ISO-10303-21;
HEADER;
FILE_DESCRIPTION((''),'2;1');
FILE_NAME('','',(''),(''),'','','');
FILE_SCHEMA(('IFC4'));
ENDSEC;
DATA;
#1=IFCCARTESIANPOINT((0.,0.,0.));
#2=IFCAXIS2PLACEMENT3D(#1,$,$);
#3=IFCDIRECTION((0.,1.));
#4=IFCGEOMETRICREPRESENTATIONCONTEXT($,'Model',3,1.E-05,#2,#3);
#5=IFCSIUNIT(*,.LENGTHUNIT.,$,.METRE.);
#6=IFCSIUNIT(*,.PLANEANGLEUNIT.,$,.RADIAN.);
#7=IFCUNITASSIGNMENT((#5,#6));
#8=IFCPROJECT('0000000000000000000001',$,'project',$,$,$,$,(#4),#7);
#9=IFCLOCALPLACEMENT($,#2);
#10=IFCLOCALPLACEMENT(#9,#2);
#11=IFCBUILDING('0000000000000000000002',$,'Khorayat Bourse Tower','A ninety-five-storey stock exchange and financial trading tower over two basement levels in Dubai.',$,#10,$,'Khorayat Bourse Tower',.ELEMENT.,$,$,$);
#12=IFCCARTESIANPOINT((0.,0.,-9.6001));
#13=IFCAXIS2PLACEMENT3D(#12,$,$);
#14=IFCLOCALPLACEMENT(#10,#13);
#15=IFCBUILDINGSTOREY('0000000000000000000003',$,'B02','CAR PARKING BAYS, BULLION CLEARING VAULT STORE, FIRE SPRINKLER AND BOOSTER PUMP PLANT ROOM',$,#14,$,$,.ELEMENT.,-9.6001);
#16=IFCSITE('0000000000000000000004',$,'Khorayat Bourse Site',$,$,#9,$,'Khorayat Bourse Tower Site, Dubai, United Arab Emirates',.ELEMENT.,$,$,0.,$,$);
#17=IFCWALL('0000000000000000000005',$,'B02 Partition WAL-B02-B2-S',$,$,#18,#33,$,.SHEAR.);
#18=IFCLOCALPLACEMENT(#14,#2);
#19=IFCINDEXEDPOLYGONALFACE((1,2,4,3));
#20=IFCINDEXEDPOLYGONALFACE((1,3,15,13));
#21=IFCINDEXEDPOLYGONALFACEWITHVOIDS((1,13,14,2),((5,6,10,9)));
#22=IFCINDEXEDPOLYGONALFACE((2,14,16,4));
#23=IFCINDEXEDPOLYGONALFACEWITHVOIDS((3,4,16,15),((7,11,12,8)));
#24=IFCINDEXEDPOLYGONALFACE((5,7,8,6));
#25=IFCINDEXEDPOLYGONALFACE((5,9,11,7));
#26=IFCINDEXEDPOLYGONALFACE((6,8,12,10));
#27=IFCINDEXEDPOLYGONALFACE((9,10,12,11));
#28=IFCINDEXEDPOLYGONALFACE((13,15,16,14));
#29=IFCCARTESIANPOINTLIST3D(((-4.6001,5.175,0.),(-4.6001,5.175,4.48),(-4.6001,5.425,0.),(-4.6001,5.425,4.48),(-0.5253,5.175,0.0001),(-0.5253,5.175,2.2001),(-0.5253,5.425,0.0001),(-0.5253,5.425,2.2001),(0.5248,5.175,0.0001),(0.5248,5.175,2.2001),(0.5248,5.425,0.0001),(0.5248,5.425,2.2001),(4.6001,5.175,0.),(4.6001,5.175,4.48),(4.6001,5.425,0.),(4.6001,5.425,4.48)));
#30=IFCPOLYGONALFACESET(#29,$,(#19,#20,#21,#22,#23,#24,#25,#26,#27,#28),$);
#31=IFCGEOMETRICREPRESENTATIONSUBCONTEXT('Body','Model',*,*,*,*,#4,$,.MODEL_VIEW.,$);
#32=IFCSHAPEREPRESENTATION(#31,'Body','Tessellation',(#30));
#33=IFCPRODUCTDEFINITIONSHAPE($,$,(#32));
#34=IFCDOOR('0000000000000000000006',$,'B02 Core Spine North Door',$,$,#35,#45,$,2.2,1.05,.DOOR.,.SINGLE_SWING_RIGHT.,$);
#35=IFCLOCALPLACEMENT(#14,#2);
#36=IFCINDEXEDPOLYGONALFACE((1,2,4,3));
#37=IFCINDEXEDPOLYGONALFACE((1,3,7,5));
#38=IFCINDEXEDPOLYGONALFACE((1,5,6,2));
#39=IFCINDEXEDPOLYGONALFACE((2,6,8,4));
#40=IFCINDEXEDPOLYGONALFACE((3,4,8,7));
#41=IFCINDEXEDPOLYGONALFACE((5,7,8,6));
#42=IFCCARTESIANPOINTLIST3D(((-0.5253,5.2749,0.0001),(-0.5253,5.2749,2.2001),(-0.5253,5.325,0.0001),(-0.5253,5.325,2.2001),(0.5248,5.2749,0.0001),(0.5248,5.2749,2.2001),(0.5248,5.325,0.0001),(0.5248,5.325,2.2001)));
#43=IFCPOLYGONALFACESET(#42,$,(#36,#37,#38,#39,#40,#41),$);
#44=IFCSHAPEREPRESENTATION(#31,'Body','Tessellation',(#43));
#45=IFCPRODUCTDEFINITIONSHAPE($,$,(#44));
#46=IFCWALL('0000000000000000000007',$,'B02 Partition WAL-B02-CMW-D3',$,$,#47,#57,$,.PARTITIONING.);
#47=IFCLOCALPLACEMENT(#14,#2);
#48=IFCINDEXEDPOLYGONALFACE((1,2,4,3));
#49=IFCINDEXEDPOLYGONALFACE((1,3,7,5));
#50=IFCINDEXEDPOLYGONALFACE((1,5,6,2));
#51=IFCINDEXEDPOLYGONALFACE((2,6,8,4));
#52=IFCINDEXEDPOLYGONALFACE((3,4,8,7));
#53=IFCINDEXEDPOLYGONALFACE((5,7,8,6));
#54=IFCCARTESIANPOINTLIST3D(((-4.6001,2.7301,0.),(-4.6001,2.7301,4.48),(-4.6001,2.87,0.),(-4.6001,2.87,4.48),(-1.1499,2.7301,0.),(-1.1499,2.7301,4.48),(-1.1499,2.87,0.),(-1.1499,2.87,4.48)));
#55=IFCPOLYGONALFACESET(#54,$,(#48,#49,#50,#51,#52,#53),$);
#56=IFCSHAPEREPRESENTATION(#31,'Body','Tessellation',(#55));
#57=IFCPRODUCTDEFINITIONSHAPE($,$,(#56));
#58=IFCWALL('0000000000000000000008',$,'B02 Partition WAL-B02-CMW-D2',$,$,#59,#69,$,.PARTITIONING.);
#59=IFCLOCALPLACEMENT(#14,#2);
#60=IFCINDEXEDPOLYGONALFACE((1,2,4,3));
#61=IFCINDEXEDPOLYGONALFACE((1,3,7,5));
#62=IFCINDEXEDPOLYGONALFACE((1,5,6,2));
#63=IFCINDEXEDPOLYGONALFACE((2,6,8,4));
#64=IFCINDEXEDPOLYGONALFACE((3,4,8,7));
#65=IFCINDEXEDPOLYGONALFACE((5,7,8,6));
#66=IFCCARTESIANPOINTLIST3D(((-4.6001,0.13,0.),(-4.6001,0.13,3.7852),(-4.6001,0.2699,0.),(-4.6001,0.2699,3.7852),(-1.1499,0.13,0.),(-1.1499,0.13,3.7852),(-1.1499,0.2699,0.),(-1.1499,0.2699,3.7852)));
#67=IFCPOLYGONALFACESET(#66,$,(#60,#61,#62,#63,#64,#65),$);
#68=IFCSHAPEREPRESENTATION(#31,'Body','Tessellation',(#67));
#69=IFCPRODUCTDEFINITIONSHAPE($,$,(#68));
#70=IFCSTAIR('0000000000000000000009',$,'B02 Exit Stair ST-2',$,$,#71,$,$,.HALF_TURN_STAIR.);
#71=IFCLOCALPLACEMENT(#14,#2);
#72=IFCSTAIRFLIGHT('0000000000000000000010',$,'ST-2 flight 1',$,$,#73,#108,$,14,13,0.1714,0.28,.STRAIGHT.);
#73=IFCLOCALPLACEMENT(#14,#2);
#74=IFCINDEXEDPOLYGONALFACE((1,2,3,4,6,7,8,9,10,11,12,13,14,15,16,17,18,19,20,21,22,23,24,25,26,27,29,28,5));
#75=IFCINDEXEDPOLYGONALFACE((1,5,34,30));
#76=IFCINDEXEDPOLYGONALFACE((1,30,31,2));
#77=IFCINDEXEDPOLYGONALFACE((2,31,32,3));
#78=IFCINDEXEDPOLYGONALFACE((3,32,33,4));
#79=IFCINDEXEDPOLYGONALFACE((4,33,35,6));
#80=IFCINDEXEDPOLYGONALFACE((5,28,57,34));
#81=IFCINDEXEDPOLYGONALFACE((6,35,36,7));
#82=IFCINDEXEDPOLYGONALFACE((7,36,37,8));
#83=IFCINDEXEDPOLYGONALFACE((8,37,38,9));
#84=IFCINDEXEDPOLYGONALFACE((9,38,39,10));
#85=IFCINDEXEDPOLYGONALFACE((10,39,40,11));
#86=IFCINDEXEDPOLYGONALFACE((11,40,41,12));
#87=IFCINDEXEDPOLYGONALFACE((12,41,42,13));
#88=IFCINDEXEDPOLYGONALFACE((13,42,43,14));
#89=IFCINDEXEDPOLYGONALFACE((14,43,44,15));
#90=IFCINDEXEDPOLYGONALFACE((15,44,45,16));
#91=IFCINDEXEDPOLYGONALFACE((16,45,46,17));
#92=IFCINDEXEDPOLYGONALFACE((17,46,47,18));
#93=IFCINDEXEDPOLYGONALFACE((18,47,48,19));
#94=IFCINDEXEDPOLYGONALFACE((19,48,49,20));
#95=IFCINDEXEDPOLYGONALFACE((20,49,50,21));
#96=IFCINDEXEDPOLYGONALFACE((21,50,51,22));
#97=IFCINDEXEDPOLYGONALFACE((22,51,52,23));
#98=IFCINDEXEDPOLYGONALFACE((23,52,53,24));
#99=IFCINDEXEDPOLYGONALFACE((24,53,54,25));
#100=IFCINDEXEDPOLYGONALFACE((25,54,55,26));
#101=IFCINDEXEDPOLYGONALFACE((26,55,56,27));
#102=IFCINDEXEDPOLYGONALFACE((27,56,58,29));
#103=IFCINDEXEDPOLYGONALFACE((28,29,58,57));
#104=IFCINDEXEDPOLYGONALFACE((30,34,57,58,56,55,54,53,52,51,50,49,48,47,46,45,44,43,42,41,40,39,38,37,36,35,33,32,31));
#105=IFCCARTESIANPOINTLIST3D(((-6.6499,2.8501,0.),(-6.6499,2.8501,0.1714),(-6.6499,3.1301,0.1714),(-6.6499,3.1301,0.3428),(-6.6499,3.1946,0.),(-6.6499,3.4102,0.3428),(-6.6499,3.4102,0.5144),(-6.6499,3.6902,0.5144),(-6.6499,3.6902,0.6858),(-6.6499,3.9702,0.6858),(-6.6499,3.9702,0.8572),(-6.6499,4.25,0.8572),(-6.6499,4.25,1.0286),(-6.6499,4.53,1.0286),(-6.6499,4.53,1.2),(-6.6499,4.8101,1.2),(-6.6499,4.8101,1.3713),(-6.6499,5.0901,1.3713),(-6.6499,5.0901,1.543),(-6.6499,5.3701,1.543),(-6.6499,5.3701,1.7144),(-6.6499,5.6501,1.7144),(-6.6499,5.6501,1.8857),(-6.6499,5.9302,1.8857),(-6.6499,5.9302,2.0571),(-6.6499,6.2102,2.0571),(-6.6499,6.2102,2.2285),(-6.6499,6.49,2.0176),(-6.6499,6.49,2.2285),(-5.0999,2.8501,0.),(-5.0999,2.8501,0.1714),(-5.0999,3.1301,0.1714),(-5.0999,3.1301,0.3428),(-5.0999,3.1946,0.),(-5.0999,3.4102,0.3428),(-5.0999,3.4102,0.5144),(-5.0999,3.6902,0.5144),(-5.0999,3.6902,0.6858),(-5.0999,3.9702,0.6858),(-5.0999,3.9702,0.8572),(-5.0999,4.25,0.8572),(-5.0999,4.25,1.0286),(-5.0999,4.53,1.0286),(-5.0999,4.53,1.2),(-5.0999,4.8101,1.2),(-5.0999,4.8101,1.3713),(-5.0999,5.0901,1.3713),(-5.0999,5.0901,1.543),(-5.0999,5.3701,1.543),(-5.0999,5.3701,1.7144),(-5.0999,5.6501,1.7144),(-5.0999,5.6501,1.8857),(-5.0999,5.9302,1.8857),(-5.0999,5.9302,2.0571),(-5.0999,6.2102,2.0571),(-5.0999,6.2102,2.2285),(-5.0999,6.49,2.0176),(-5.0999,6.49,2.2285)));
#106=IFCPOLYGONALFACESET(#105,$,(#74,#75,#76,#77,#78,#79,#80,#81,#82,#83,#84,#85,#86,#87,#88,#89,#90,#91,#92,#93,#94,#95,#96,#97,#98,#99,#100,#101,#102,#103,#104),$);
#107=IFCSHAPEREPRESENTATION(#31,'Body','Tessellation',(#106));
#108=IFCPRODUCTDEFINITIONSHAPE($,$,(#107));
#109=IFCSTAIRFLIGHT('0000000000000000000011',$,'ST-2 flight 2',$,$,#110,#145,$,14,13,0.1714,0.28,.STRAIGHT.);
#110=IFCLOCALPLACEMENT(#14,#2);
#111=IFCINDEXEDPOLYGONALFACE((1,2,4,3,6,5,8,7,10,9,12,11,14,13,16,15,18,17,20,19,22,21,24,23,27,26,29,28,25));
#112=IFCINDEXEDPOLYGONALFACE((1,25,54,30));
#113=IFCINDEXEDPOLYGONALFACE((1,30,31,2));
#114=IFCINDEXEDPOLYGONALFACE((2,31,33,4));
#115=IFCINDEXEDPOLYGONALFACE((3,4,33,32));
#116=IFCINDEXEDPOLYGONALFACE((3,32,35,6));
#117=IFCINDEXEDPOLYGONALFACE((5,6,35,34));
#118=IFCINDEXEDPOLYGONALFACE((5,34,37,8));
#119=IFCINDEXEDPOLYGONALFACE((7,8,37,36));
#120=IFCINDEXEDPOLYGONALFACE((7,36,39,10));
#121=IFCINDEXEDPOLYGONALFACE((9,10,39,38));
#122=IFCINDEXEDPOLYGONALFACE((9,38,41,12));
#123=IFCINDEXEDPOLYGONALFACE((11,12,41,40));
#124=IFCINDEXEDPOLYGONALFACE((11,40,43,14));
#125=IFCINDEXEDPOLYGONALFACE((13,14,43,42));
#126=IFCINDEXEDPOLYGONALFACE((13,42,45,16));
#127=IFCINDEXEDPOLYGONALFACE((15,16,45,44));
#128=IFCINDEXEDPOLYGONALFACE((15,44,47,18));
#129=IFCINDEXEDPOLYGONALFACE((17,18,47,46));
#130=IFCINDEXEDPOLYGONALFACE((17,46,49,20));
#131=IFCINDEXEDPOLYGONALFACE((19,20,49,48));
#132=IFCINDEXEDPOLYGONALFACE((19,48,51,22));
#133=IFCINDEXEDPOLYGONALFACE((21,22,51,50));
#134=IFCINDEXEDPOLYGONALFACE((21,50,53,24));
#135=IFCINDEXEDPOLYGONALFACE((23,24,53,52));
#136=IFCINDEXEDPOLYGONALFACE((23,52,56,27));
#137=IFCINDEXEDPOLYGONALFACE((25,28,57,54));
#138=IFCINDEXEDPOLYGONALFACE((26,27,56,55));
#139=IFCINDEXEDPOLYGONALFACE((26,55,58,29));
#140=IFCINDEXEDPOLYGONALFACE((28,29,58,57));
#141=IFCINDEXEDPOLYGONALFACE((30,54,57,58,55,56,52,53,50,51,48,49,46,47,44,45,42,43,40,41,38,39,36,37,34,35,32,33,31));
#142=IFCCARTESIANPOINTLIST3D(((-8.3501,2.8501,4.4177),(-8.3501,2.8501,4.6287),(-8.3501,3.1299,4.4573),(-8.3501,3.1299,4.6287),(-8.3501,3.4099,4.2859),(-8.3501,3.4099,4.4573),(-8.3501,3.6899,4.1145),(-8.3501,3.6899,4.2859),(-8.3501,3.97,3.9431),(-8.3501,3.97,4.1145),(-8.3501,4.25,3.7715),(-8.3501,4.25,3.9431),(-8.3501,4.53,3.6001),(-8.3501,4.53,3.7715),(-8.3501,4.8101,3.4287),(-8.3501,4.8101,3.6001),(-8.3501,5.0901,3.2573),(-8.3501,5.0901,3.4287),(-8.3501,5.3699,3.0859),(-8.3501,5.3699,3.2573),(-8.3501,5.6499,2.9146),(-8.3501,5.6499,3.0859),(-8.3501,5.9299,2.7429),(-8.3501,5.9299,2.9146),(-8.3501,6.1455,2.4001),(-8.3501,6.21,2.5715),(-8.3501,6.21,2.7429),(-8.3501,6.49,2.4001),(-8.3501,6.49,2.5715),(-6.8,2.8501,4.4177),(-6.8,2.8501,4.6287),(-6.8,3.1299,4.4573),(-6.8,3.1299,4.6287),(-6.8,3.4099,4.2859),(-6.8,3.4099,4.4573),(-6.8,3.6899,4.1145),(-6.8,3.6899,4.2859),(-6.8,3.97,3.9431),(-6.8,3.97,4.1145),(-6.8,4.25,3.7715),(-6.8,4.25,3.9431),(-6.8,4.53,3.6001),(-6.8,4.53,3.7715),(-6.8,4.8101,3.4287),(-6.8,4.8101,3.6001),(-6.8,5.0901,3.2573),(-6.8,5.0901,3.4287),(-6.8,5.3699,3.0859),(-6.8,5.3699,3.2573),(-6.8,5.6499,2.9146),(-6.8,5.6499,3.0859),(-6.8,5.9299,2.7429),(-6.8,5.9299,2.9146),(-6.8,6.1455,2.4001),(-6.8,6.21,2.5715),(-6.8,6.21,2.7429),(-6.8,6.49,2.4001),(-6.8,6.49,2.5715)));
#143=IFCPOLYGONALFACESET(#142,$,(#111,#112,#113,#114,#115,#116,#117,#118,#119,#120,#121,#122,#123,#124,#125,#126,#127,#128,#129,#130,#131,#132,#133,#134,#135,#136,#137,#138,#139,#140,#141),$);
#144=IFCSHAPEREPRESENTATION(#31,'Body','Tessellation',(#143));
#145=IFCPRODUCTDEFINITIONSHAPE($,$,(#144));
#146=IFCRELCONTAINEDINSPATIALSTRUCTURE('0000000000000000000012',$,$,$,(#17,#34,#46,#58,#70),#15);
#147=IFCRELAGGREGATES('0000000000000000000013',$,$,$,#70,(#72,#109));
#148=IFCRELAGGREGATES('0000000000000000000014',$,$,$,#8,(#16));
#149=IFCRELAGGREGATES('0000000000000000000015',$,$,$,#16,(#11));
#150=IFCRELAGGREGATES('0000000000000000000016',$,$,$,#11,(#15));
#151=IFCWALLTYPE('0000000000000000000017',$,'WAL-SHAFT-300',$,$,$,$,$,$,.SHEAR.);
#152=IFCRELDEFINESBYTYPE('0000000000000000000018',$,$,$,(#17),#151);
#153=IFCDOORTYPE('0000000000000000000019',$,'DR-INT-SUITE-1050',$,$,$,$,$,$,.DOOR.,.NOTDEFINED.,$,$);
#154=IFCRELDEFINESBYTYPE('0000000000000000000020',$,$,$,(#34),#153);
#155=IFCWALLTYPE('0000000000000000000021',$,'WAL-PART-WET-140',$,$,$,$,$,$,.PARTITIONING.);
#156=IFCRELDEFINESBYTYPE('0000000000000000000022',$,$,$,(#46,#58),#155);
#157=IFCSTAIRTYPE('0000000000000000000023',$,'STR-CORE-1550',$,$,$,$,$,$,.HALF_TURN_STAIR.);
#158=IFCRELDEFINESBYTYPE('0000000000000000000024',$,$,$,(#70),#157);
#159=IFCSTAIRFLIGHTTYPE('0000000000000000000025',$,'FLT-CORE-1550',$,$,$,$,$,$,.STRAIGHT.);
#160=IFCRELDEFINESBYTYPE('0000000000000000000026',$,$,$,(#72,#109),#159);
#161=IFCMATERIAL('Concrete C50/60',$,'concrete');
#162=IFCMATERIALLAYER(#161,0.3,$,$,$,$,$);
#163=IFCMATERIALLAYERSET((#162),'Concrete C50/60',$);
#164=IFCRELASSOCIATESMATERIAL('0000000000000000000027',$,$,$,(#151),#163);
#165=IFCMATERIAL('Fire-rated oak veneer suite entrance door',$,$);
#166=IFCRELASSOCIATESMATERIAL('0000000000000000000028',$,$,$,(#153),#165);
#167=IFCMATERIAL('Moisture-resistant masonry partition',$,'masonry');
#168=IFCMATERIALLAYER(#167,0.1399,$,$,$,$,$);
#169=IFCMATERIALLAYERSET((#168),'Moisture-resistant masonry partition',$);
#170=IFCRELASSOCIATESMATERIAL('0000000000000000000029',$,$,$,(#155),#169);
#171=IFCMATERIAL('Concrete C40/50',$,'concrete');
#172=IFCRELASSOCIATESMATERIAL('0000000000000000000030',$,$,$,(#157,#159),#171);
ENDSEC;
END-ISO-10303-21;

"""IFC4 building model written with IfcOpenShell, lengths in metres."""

from ifc_helpers import new_model, si_unit, direction, frame, frame_2d, origin, place, context, subcontext, project, spatial, polyline, rectangle, outline, extrude, source, transform, mapped, material, layer, layer_set, type_object, element, fill, aggregate, save


model = new_model("IFC4")

# Units and contexts
model_context = context("Model", 3, precision=1e-05, world=origin(), true_north=direction((0.0, 1.0)))
body_context = subcontext(model_context, "Body", "Model", "MODEL_VIEW")
ifc_project = project(units=[si_unit("LENGTHUNIT", "METRE"), si_unit("PLANEANGLEUNIT", "RADIAN")], contexts=[model_context])

# Site, building, storey
site_placement = place(None, origin())
site = spatial("IfcSite", under=ifc_project, at=site_placement, Name="Khorayat Bourse Site", LongName="Khorayat Bourse Tower Site, Dubai, United Arab Emirates", CompositionType="ELEMENT", RefElevation=0.0)
building_placement = place(site_placement, origin())
building = spatial("IfcBuilding", under=site, at=building_placement, Name="Khorayat Bourse Tower", Description="A ninety-five-storey stock exchange and financial trading tower over two basement levels in Dubai.", LongName="Khorayat Bourse Tower", CompositionType="ELEMENT")
storey_placement = place(building_placement, frame((0.0, 0.0, -9.6001)))
storey = spatial("IfcBuildingStorey", under=building, at=storey_placement, Name="B02", Description="CAR PARKING BAYS, BULLION CLEARING VAULT STORE, FIRE SPRINKLER AND BOOSTER PUMP PLANT ROOM", CompositionType="ELEMENT", Elevation=-9.6001)

# Shared definitions
ifc_material_1 = material(Name="Concrete C50/60", Category="concrete")

# Shared definitions
ifc_layer_1 = layer(ifc_material_1, 0.3)
ifc_layer_set_1 = layer_set([ifc_layer_1], Name="Concrete C50/60")
wall_type_1 = type_object("IfcWallType", Name="WAL-SHAFT-300", PredefinedType="SHEAR", material=ifc_layer_set_1)

# Wall, opening, door
shared_shape_1 = source(origin(), body_context, "Body", "SweptSolid", [
    extrude(rectangle(XDim=9.2002, YDim=0.25, at=frame_2d((4.6001, 0.0))), origin(), (0.0, 0.0, 1.0), 4.48),
])
wall_1_placement = place(storey_placement, frame((-4.6001, 5.3, 0.0), z_axis=(0.0, 0.0, 1.0), x_axis=(1.0, 0.0, 0.0)))
wall_1 = element("IfcWall", 1, at=wall_1_placement, inside=storey, type_object=wall_type_1, Name="B02 Partition WAL-B02-B2-S", PredefinedType="SHEAR", context=body_context, shape_type="MappedRepresentation", body=[
    mapped(shared_shape_1, transform((0.0, 0.0, 0.0), scale=1.0)),
])
shared_shape_2 = source(origin(), body_context, "Body", "SweptSolid", [
    extrude(rectangle(XDim=1.05, YDim=2.2, at=frame_2d((0.5249, 1.1001))), frame((0.0, 0.135, 0.0), z_axis=(0.0, -1.0, 0.0), x_axis=(1.0, 0.0, 0.0)), (0.0, 0.0, 1.0), 0.27),
])
opening_placement = place(wall_1_placement, frame((4.075, 0.0, 0.0)))
opening = element("IfcOpeningElement", 2, at=opening_placement, cuts=wall_1, PredefinedType="OPENING", context=body_context, shape_type="MappedRepresentation", body=[
    mapped(shared_shape_2, transform((0.0, 0.0, 0.0), scale=1.0)),
])
ifc_material_2 = material(Name="Fire-rated oak veneer suite entrance door")
door_type = type_object("IfcDoorType", Name="DR-INT-SUITE-1050", OperationType="NOTDEFINED", PredefinedType="DOOR", material=ifc_material_2)
shared_shape_3 = source(origin(), body_context, "Body", "SweptSolid", [
    extrude(rectangle(XDim=1.05, YDim=2.2, at=frame_2d((0.5249, 1.1001))), frame((0.0, 0.0249, 0.0), z_axis=(0.0, -1.0, 0.0), x_axis=(1.0, 0.0, 0.0)), (0.0, 0.0, 1.0), 0.05),
])
door_placement = place(opening_placement, origin())
door = element("IfcDoor", 3, at=door_placement, inside=storey, type_object=door_type, Name="B02 Core Spine North Door", OperationType="SINGLE_SWING_RIGHT", OverallHeight=2.2, OverallWidth=1.05, PredefinedType="DOOR", context=body_context, shape_type="MappedRepresentation", body=[
    mapped(shared_shape_3, transform((0.0, 0.0, 0.0), scale=1.0)),
])
fill(opening, door)

# Walls
ifc_material_3 = material(Name="Moisture-resistant masonry partition", Category="masonry")
ifc_layer_2 = layer(ifc_material_3, 0.1399)
ifc_layer_set_2 = layer_set([ifc_layer_2], Name="Moisture-resistant masonry partition")
wall_type_2 = type_object("IfcWallType", Name="WAL-PART-WET-140", PredefinedType="PARTITIONING", material=ifc_layer_set_2)
shared_shape_4 = source(origin(), body_context, "Body", "SweptSolid", [
    extrude(rectangle(XDim=3.4502, YDim=0.1399, at=frame_2d((1.7251, 0.0))), origin(), (0.0, 0.0, 1.0), 4.48),
])
wall_2_placement = place(storey_placement, frame((-4.6001, 2.8, 0.0), z_axis=(0.0, 0.0, 1.0), x_axis=(1.0, 0.0, 0.0)))
element("IfcWall", 4, at=wall_2_placement, inside=storey, type_object=wall_type_2, Name="B02 Partition WAL-B02-CMW-D3", PredefinedType="PARTITIONING", context=body_context, shape_type="MappedRepresentation", body=[
    mapped(shared_shape_4, transform((0.0, 0.0, 0.0), scale=1.0)),
])
shared_shape_5 = source(origin(), body_context, "Body", "SweptSolid", [
    extrude(rectangle(XDim=3.4502, YDim=0.1399, at=frame_2d((1.7251, 0.0))), origin(), (0.0, 0.0, 1.0), 3.7852),
])
wall_3_placement = place(storey_placement, frame((-4.6001, 0.2, 0.0), z_axis=(0.0, 0.0, 1.0), x_axis=(1.0, 0.0, 0.0)))
element("IfcWall", 5, at=wall_3_placement, inside=storey, type_object=wall_type_2, Name="B02 Partition WAL-B02-CMW-D2", PredefinedType="PARTITIONING", context=body_context, shape_type="MappedRepresentation", body=[
    mapped(shared_shape_5, transform((0.0, 0.0, 0.0), scale=1.0)),
])

# Stair, stair flights
ifc_material_4 = material(Name="Concrete C40/50", Category="concrete")
stair_type = type_object("IfcStairType", Name="STR-CORE-1550", PredefinedType="HALF_TURN_STAIR", material=ifc_material_4)
stair_placement = place(storey_placement, origin())
stair = element("IfcStair", 6, at=stair_placement, inside=storey, type_object=stair_type, Name="B02 Exit Stair ST-2", PredefinedType="HALF_TURN_STAIR")
stair_flight_type = type_object("IfcStairFlightType", Name="FLT-CORE-1550", PredefinedType="STRAIGHT", material=ifc_material_4)
shared_shape_6 = source(origin(), body_context, "Body", "SweptSolid", [
    extrude(outline(polyline([(0.0, 0.0), (0.0, 0.1714), (0.28, 0.1714), (0.28, 0.3428), (0.5601, 0.3428), (0.5601, 0.5144), (0.8401, 0.5144), (0.8401, 0.6858), (1.1201, 0.6858), (1.1201, 0.8572), (1.3999, 0.8572), (1.3999, 1.0286), (1.6799, 1.0286), (1.6799, 1.2), (1.96, 1.2), (1.96, 1.3713), (2.24, 1.3713), (2.24, 1.543), (2.52, 1.543), (2.52, 1.7144), (2.8, 1.7144), (2.8, 1.8857), (3.0801, 1.8857), (3.0801, 2.0571), (3.3601, 2.0571), (3.3601, 2.2285), (3.6399, 2.2285), (3.6399, 2.3999), (3.6399, 2.0176), (0.3445, 0.0), (0.0, 0.0)])), frame((0.0, 0.7749, 0.0), z_axis=(0.0, -1.0, 0.0), x_axis=(1.0, 0.0, 0.0)), (0.0, 0.0, 1.0), 1.55),
])
stair_flight_1_placement = place(storey_placement, frame((-5.875, 2.8501, 0.0), z_axis=(0.0, 0.0, 1.0), x_axis=(0.0, 1.0, 0.0)))
stair_flight_1 = element("IfcStairFlight", 7, at=stair_flight_1_placement, type_object=stair_flight_type, Name="ST-2 flight 1", NumberOfRisers=14, NumberOfTreads=13, PredefinedType="STRAIGHT", RiserHeight=0.1714, TreadLength=0.28, context=body_context, shape_type="MappedRepresentation", body=[
    mapped(shared_shape_6, transform((0.0, 0.0, 0.0), scale=1.0)),
])
stair_flight_2_placement = place(storey_placement, frame((-7.575, 6.49, 2.4001), z_axis=(0.0, 0.0, 1.0), x_axis=(0.0, -1.0, 0.0)))
stair_flight_2 = element("IfcStairFlight", 8, at=stair_flight_2_placement, type_object=stair_flight_type, Name="ST-2 flight 2", NumberOfRisers=14, NumberOfTreads=13, PredefinedType="STRAIGHT", RiserHeight=0.1714, TreadLength=0.28, context=body_context, shape_type="MappedRepresentation", body=[
    mapped(shared_shape_6, transform((0.0, 0.0, 0.0), scale=1.0)),
])
aggregate(stair, [stair_flight_1, stair_flight_2])

save(model, "model.ifc")
